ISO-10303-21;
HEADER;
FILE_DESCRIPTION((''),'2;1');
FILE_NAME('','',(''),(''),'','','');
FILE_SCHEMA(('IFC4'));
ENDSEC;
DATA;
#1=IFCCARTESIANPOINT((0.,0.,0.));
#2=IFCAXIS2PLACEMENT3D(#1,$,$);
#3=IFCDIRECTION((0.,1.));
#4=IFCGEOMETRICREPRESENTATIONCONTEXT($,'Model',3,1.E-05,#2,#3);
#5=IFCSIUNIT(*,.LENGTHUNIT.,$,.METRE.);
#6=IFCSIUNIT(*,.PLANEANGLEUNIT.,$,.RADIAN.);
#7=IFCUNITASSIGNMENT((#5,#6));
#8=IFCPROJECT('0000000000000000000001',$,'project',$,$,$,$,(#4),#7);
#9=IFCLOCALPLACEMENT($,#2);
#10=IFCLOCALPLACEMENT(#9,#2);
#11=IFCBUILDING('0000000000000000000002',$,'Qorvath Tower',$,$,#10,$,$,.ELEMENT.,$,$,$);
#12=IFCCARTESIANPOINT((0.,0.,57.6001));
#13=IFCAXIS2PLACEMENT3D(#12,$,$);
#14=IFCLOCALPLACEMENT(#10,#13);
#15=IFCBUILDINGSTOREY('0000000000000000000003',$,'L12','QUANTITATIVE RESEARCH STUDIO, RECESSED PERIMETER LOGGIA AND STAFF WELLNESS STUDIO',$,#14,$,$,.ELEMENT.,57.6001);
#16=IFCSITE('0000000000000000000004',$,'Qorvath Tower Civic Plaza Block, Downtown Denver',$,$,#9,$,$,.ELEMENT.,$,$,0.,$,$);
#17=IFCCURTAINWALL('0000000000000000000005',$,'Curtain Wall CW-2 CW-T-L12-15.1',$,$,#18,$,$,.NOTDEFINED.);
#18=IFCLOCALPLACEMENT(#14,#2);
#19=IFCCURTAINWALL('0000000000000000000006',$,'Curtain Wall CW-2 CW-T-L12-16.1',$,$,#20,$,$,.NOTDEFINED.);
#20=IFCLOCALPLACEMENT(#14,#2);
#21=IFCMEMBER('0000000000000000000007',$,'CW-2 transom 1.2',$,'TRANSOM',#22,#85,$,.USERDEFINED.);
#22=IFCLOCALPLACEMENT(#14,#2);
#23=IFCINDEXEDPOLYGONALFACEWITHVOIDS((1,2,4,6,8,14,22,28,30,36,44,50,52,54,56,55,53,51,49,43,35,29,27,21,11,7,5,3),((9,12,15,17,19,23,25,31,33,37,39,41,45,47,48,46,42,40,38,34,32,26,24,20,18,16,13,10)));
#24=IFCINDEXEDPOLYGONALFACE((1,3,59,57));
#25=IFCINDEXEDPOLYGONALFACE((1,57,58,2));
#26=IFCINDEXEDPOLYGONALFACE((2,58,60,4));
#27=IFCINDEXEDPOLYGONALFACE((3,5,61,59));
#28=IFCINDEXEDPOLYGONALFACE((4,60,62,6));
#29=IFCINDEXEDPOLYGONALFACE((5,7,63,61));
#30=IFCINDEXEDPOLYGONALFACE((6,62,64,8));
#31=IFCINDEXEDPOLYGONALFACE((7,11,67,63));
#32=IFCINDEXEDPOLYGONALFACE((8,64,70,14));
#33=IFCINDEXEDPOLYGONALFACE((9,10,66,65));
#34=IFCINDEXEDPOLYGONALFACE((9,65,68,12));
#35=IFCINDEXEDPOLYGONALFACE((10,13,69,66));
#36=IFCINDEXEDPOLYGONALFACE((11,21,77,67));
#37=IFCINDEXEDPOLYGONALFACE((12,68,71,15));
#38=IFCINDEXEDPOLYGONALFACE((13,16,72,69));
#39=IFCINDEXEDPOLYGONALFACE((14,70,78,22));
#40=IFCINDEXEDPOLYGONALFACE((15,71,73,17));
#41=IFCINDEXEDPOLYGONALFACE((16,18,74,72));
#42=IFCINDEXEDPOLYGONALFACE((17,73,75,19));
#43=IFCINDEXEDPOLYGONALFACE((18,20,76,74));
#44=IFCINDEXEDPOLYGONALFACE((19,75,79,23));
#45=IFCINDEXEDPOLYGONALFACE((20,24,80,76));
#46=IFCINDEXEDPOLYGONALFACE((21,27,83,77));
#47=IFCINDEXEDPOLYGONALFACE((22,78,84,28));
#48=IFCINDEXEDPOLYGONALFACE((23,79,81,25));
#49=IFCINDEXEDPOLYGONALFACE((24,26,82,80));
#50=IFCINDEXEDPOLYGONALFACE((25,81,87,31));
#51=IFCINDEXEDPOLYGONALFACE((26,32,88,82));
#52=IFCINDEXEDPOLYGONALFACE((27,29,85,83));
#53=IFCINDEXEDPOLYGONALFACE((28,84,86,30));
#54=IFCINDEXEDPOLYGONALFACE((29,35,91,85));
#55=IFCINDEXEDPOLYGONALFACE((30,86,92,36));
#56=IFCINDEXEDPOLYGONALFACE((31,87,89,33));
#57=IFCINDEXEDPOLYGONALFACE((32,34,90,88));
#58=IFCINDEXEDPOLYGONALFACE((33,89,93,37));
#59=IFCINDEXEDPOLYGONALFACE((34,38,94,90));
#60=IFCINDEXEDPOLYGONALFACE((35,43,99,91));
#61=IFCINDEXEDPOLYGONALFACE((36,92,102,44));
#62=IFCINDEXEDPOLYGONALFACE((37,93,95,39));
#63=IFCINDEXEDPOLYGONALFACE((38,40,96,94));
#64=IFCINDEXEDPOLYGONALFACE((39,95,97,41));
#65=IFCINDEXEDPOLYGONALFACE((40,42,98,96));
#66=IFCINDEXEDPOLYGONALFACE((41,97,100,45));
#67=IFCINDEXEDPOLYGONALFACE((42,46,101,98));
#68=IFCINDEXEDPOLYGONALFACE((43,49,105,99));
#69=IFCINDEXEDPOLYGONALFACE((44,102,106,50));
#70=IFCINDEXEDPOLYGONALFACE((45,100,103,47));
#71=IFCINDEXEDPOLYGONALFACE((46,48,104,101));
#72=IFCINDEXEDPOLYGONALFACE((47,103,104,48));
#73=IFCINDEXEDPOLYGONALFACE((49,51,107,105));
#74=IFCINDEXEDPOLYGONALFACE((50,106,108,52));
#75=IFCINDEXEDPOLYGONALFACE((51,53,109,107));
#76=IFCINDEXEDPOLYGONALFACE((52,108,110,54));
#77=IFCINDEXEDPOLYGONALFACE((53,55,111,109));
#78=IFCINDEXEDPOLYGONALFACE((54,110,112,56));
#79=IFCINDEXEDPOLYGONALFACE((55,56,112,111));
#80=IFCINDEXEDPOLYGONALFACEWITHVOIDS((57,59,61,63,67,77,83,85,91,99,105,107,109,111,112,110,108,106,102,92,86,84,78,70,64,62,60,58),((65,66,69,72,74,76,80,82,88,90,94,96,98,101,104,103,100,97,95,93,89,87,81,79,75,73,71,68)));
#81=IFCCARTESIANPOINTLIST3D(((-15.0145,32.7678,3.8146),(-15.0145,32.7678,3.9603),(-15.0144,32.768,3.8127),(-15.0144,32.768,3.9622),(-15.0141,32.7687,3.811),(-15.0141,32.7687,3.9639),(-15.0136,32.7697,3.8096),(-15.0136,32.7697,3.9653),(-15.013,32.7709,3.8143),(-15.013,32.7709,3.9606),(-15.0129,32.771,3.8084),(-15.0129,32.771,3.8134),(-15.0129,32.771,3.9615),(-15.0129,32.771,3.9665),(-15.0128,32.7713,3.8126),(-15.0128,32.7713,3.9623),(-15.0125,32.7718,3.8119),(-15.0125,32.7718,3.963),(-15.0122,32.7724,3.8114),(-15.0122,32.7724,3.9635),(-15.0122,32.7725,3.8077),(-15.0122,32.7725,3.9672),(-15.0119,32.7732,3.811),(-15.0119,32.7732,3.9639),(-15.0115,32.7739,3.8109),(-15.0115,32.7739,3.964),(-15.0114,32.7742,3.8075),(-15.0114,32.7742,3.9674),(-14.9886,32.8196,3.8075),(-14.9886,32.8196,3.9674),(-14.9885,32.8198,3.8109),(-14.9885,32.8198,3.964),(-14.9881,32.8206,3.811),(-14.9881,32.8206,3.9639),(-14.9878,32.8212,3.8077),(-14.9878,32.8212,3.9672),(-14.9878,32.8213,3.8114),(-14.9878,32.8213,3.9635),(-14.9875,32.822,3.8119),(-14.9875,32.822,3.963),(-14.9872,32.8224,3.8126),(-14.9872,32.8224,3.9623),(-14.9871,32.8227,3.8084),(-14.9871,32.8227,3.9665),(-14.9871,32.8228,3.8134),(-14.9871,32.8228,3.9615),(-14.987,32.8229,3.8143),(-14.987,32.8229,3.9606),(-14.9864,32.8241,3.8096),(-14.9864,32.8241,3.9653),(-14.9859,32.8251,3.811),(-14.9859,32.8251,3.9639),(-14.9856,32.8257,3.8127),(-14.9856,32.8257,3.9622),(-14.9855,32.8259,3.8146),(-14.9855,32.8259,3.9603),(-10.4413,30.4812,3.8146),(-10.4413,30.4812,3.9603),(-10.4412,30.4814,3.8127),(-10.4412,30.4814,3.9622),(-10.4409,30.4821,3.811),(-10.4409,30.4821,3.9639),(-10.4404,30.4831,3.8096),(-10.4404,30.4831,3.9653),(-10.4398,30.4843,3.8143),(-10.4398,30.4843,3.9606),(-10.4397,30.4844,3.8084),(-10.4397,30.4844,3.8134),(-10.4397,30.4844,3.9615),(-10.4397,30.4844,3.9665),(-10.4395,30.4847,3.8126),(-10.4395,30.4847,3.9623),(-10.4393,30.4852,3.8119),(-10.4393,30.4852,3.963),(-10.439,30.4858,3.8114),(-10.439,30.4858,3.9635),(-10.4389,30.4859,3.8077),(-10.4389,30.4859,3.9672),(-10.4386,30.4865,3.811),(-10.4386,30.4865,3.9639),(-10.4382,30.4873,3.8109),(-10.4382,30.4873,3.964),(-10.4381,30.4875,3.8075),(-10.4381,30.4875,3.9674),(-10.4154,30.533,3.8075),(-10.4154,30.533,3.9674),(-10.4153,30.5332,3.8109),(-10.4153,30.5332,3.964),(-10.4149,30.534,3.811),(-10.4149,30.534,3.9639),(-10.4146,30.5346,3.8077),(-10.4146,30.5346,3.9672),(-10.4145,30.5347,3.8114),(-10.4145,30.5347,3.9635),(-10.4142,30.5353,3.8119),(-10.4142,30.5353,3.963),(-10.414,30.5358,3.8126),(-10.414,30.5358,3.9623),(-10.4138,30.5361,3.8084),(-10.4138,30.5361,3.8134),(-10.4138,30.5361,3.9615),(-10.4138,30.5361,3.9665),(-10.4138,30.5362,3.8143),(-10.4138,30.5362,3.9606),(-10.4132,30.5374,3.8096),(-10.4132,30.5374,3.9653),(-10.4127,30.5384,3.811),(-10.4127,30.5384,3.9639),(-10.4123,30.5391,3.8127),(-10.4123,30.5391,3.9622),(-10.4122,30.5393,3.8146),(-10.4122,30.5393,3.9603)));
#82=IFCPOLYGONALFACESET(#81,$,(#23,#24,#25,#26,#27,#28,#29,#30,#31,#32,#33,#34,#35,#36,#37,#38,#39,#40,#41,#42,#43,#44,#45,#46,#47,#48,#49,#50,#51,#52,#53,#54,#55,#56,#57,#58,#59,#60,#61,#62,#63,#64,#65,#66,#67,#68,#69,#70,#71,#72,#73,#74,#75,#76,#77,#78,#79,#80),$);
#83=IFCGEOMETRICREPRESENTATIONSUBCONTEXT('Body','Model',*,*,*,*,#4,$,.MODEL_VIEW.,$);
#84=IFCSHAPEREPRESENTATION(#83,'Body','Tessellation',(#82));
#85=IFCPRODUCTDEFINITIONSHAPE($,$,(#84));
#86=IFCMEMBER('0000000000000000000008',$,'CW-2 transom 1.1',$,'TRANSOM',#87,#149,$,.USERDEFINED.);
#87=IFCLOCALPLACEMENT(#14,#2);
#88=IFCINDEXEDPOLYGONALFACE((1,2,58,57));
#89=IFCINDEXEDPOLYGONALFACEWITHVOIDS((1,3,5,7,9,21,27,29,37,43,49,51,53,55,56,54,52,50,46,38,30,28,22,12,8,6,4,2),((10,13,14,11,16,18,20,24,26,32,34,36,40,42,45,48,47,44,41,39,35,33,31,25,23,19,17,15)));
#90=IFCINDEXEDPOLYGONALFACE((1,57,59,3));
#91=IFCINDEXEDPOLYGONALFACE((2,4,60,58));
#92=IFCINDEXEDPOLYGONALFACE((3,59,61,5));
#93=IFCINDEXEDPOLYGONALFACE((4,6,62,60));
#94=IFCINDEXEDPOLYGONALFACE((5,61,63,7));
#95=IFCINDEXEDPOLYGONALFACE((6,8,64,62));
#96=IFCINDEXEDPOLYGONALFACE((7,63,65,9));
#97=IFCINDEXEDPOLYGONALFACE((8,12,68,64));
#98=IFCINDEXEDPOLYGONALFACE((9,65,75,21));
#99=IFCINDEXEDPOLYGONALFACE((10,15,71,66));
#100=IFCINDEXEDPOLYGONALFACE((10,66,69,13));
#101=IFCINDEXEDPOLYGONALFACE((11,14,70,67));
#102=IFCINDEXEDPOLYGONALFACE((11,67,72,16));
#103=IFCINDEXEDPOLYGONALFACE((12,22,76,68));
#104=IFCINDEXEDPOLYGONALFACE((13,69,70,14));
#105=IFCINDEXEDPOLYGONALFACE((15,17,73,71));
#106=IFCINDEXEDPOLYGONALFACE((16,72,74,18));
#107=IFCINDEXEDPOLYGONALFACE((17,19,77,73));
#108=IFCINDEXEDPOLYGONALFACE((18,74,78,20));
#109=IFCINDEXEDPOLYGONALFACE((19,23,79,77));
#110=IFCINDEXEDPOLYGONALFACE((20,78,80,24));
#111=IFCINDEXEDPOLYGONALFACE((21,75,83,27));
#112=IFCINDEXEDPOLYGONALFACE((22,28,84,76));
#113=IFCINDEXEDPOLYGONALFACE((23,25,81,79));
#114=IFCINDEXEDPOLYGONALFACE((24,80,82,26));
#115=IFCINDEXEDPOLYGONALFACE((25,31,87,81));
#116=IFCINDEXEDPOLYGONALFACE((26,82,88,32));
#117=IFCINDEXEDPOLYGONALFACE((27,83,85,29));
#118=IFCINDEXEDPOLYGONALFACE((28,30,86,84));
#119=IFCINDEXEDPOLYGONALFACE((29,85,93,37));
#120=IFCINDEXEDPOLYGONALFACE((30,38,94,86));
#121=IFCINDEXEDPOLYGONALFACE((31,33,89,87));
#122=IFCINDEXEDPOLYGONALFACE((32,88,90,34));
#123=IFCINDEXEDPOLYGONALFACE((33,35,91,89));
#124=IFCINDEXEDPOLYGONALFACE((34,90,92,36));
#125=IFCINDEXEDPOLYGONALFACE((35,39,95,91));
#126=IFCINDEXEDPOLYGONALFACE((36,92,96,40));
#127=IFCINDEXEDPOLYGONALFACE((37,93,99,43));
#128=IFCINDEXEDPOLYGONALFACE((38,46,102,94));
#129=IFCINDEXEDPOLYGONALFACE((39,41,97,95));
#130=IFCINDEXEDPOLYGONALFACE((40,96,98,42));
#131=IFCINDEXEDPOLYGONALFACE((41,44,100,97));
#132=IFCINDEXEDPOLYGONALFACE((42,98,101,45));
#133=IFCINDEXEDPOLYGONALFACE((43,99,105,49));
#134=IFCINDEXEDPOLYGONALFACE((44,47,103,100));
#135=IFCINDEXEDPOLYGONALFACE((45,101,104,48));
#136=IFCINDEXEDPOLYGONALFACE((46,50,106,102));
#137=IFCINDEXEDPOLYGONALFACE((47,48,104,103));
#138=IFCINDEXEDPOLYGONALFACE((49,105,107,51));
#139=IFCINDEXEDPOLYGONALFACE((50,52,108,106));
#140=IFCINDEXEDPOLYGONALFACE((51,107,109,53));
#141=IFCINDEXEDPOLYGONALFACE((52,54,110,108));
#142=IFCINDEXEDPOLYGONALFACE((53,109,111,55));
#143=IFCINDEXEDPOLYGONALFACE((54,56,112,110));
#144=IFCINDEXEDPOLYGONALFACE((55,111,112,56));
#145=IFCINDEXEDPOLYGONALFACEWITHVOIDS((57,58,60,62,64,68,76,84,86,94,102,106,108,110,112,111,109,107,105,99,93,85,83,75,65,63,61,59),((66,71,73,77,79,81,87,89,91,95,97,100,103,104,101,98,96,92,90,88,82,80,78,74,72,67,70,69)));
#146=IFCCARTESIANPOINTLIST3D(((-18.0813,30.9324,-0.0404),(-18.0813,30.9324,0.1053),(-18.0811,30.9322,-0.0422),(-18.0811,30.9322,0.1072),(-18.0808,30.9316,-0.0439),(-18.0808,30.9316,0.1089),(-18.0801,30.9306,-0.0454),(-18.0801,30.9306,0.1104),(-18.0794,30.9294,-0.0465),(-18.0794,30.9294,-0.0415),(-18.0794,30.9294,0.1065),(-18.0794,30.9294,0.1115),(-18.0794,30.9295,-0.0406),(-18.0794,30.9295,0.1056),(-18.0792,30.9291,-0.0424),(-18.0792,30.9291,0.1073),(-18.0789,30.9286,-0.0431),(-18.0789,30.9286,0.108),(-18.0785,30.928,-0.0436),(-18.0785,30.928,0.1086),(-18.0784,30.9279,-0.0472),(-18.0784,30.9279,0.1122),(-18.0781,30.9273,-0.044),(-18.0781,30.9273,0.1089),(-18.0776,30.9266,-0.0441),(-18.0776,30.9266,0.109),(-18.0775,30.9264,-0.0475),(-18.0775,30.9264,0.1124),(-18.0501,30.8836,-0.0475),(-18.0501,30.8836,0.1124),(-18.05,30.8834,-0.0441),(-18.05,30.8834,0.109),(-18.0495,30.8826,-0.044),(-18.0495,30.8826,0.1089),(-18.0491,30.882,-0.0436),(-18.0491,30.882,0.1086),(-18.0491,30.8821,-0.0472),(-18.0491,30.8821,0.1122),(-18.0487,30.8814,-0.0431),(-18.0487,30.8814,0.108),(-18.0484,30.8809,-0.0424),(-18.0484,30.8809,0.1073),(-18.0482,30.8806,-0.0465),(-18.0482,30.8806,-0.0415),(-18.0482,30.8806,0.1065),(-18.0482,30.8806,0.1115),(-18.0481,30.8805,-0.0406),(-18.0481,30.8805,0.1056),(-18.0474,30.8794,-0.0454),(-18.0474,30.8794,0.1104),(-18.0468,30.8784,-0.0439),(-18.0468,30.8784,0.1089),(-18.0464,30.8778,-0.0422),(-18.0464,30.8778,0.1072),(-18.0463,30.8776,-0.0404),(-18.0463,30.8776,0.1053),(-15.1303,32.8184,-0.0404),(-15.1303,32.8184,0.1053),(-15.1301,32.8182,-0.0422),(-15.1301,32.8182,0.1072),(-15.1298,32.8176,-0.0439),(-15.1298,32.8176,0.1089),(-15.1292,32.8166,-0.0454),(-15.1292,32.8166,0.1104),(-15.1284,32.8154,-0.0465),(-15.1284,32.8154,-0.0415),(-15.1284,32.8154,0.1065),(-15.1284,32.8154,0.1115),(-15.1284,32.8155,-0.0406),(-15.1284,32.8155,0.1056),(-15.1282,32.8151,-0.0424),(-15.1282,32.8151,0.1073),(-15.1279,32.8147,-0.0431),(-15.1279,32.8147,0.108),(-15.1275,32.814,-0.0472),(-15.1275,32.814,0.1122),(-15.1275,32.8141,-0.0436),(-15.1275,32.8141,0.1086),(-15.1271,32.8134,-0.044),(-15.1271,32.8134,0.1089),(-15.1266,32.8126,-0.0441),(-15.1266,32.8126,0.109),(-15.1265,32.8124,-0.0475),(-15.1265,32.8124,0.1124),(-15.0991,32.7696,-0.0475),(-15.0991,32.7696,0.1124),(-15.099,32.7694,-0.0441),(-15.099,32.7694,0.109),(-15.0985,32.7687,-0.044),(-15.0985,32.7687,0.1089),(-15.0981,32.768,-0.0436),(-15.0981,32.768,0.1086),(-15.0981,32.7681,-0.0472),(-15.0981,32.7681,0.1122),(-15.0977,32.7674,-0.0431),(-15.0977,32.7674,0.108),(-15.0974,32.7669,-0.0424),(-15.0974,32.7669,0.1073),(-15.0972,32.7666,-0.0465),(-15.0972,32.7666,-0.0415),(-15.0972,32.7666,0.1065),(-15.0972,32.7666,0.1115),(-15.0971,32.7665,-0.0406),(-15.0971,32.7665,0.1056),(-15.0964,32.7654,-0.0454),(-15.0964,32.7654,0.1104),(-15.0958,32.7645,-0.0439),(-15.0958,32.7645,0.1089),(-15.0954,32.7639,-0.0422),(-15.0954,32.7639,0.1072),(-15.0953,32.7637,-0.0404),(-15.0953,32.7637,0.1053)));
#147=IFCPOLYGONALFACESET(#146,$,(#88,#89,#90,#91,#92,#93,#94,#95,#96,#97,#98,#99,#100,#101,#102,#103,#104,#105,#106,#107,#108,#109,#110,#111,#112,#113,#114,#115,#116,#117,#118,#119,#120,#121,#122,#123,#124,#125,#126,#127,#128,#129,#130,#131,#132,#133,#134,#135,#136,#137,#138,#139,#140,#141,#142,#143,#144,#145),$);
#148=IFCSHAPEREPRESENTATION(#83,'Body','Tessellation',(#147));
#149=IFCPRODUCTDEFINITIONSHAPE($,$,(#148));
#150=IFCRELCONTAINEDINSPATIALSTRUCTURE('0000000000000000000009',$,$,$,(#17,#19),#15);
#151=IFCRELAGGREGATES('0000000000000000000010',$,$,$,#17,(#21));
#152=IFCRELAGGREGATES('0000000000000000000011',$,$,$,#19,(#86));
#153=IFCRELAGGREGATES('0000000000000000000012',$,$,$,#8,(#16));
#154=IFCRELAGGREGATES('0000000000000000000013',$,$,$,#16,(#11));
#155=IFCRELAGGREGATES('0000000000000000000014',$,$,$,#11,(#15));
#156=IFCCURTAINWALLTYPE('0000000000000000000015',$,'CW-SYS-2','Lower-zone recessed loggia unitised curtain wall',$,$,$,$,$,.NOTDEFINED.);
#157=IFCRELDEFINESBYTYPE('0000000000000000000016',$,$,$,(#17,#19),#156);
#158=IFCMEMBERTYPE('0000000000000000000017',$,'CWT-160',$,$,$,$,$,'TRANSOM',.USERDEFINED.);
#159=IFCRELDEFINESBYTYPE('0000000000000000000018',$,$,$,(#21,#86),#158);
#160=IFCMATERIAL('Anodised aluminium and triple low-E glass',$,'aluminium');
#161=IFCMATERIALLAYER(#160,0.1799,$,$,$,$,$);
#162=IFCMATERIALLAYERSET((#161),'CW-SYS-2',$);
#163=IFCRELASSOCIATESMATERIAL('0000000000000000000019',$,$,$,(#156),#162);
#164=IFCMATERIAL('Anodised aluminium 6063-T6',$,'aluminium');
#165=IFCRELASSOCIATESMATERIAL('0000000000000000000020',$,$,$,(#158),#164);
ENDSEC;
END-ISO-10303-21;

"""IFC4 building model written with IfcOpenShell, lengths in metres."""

from ifc_helpers import new_model, si_unit, direction, frame, origin, origin_2d, place, context, subcontext, project, spatial, hollow_rectangle, extrude, material, layer, layer_set, material_profile, profile_set, type_object, element, aggregate, save


model = new_model("IFC4")

# Units and contexts
model_context = context("Model", 3, precision=1e-05, world=origin(), true_north=direction((0.0, 1.0)))
body_context = subcontext(model_context, "Body", "Model", "MODEL_VIEW")
ifc_project = project(units=[si_unit("LENGTHUNIT", "METRE"), si_unit("PLANEANGLEUNIT", "RADIAN")], contexts=[model_context])

# Site, building, storey
site_placement = place(None, origin())
site = spatial("IfcSite", under=ifc_project, at=site_placement, Name="Qorvath Tower Civic Plaza Block, Downtown Denver", CompositionType="ELEMENT", RefElevation=0.0)
building_placement = place(site_placement, origin())
building = spatial("IfcBuilding", under=site, at=building_placement, Name="Qorvath Tower", CompositionType="ELEMENT")
storey_placement = place(building_placement, frame((0.0, 0.0, 57.6001)))
storey = spatial("IfcBuildingStorey", under=building, at=storey_placement, Name="L12", Description="QUANTITATIVE RESEARCH STUDIO, RECESSED PERIMETER LOGGIA AND STAFF WELLNESS STUDIO", CompositionType="ELEMENT", Elevation=57.6001)

# Shared definitions
ifc_material_1 = material(Name="Anodised aluminium and triple low-E glass", Category="aluminium")
ifc_layer_1 = layer(ifc_material_1, 0.1799)
ifc_layer_set_1 = layer_set([ifc_layer_1], Name="CW-SYS-2")
curtain_wall_type = type_object("IfcCurtainWallType", Name="CW-SYS-2", Description="Lower-zone recessed loggia unitised curtain wall", PredefinedType="NOTDEFINED", material=ifc_layer_set_1)

# Curtain walls
curtain_wall_1_placement = place(storey_placement, origin())
curtain_wall_1 = element("IfcCurtainWall", 1, at=curtain_wall_1_placement, inside=storey, type_object=curtain_wall_type, Name="Curtain Wall CW-2 CW-T-L12-15.1", PredefinedType="NOTDEFINED")
curtain_wall_2_placement = place(storey_placement, origin())
curtain_wall_2 = element("IfcCurtainWall", 2, at=curtain_wall_2_placement, inside=storey, type_object=curtain_wall_type, Name="Curtain Wall CW-2 CW-T-L12-16.1", PredefinedType="NOTDEFINED")

# Members
ifc_material_2 = material(Name="Anodised aluminium 6063-T6", Category="aluminium")
ifc_material_profile_1 = material_profile(ifc_material_2, hollow_rectangle(XDim=0.0649, YDim=0.1599, WallThickness=0.0034, InnerFilletRadius=0.0034, OuterFilletRadius=0.0071, at=origin_2d()), Name="CWT 160x65")
ifc_profile_set_1 = profile_set([ifc_material_profile_1], Name="Anodised aluminium 6063-T6")
member_type_1 = type_object("IfcMemberType", Name="CWT-160", ElementType="TRANSOM", PredefinedType="USERDEFINED", material=ifc_profile_set_1)
member_1_placement = place(storey_placement, frame((-10.4268, 30.5103, 3.8875), z_axis=(-0.894427, 0.447214, 0.0), x_axis=(-0.447214, -0.894427, 0.0)))
member_1 = element("IfcMember", 3, at=member_1_placement, type_object=member_type_1, Name="CW-2 transom 1.2", ObjectType="TRANSOM", PredefinedType="USERDEFINED", context=body_context, shape_type="SweptSolid", body=[
    extrude(hollow_rectangle(XDim=0.0649, YDim=0.1599, WallThickness=0.0034, InnerFilletRadius=0.0034, OuterFilletRadius=0.0071, at=origin_2d()), origin(), (0.0, 0.0, 1.0), 5.113),
])
member_2_placement = place(storey_placement, frame((-15.1128, 32.791, 0.0325), z_axis=(-0.842609, -0.538525, 0.0), x_axis=(0.538525, -0.842609, 0.0)))
member_2 = element("IfcMember", 4, at=member_2_placement, type_object=member_type_1, Name="CW-2 transom 1.1", ObjectType="TRANSOM", PredefinedType="USERDEFINED", context=body_context, shape_type="SweptSolid", body=[
    extrude(hollow_rectangle(XDim=0.0649, YDim=0.1599, WallThickness=0.0034, InnerFilletRadius=0.0034, OuterFilletRadius=0.0071, at=origin_2d()), origin(), (0.0, 0.0, 1.0), 3.5022),
])

aggregate(curtain_wall_1, [member_1])
aggregate(curtain_wall_2, [member_2])

save(model, "model.ifc")
